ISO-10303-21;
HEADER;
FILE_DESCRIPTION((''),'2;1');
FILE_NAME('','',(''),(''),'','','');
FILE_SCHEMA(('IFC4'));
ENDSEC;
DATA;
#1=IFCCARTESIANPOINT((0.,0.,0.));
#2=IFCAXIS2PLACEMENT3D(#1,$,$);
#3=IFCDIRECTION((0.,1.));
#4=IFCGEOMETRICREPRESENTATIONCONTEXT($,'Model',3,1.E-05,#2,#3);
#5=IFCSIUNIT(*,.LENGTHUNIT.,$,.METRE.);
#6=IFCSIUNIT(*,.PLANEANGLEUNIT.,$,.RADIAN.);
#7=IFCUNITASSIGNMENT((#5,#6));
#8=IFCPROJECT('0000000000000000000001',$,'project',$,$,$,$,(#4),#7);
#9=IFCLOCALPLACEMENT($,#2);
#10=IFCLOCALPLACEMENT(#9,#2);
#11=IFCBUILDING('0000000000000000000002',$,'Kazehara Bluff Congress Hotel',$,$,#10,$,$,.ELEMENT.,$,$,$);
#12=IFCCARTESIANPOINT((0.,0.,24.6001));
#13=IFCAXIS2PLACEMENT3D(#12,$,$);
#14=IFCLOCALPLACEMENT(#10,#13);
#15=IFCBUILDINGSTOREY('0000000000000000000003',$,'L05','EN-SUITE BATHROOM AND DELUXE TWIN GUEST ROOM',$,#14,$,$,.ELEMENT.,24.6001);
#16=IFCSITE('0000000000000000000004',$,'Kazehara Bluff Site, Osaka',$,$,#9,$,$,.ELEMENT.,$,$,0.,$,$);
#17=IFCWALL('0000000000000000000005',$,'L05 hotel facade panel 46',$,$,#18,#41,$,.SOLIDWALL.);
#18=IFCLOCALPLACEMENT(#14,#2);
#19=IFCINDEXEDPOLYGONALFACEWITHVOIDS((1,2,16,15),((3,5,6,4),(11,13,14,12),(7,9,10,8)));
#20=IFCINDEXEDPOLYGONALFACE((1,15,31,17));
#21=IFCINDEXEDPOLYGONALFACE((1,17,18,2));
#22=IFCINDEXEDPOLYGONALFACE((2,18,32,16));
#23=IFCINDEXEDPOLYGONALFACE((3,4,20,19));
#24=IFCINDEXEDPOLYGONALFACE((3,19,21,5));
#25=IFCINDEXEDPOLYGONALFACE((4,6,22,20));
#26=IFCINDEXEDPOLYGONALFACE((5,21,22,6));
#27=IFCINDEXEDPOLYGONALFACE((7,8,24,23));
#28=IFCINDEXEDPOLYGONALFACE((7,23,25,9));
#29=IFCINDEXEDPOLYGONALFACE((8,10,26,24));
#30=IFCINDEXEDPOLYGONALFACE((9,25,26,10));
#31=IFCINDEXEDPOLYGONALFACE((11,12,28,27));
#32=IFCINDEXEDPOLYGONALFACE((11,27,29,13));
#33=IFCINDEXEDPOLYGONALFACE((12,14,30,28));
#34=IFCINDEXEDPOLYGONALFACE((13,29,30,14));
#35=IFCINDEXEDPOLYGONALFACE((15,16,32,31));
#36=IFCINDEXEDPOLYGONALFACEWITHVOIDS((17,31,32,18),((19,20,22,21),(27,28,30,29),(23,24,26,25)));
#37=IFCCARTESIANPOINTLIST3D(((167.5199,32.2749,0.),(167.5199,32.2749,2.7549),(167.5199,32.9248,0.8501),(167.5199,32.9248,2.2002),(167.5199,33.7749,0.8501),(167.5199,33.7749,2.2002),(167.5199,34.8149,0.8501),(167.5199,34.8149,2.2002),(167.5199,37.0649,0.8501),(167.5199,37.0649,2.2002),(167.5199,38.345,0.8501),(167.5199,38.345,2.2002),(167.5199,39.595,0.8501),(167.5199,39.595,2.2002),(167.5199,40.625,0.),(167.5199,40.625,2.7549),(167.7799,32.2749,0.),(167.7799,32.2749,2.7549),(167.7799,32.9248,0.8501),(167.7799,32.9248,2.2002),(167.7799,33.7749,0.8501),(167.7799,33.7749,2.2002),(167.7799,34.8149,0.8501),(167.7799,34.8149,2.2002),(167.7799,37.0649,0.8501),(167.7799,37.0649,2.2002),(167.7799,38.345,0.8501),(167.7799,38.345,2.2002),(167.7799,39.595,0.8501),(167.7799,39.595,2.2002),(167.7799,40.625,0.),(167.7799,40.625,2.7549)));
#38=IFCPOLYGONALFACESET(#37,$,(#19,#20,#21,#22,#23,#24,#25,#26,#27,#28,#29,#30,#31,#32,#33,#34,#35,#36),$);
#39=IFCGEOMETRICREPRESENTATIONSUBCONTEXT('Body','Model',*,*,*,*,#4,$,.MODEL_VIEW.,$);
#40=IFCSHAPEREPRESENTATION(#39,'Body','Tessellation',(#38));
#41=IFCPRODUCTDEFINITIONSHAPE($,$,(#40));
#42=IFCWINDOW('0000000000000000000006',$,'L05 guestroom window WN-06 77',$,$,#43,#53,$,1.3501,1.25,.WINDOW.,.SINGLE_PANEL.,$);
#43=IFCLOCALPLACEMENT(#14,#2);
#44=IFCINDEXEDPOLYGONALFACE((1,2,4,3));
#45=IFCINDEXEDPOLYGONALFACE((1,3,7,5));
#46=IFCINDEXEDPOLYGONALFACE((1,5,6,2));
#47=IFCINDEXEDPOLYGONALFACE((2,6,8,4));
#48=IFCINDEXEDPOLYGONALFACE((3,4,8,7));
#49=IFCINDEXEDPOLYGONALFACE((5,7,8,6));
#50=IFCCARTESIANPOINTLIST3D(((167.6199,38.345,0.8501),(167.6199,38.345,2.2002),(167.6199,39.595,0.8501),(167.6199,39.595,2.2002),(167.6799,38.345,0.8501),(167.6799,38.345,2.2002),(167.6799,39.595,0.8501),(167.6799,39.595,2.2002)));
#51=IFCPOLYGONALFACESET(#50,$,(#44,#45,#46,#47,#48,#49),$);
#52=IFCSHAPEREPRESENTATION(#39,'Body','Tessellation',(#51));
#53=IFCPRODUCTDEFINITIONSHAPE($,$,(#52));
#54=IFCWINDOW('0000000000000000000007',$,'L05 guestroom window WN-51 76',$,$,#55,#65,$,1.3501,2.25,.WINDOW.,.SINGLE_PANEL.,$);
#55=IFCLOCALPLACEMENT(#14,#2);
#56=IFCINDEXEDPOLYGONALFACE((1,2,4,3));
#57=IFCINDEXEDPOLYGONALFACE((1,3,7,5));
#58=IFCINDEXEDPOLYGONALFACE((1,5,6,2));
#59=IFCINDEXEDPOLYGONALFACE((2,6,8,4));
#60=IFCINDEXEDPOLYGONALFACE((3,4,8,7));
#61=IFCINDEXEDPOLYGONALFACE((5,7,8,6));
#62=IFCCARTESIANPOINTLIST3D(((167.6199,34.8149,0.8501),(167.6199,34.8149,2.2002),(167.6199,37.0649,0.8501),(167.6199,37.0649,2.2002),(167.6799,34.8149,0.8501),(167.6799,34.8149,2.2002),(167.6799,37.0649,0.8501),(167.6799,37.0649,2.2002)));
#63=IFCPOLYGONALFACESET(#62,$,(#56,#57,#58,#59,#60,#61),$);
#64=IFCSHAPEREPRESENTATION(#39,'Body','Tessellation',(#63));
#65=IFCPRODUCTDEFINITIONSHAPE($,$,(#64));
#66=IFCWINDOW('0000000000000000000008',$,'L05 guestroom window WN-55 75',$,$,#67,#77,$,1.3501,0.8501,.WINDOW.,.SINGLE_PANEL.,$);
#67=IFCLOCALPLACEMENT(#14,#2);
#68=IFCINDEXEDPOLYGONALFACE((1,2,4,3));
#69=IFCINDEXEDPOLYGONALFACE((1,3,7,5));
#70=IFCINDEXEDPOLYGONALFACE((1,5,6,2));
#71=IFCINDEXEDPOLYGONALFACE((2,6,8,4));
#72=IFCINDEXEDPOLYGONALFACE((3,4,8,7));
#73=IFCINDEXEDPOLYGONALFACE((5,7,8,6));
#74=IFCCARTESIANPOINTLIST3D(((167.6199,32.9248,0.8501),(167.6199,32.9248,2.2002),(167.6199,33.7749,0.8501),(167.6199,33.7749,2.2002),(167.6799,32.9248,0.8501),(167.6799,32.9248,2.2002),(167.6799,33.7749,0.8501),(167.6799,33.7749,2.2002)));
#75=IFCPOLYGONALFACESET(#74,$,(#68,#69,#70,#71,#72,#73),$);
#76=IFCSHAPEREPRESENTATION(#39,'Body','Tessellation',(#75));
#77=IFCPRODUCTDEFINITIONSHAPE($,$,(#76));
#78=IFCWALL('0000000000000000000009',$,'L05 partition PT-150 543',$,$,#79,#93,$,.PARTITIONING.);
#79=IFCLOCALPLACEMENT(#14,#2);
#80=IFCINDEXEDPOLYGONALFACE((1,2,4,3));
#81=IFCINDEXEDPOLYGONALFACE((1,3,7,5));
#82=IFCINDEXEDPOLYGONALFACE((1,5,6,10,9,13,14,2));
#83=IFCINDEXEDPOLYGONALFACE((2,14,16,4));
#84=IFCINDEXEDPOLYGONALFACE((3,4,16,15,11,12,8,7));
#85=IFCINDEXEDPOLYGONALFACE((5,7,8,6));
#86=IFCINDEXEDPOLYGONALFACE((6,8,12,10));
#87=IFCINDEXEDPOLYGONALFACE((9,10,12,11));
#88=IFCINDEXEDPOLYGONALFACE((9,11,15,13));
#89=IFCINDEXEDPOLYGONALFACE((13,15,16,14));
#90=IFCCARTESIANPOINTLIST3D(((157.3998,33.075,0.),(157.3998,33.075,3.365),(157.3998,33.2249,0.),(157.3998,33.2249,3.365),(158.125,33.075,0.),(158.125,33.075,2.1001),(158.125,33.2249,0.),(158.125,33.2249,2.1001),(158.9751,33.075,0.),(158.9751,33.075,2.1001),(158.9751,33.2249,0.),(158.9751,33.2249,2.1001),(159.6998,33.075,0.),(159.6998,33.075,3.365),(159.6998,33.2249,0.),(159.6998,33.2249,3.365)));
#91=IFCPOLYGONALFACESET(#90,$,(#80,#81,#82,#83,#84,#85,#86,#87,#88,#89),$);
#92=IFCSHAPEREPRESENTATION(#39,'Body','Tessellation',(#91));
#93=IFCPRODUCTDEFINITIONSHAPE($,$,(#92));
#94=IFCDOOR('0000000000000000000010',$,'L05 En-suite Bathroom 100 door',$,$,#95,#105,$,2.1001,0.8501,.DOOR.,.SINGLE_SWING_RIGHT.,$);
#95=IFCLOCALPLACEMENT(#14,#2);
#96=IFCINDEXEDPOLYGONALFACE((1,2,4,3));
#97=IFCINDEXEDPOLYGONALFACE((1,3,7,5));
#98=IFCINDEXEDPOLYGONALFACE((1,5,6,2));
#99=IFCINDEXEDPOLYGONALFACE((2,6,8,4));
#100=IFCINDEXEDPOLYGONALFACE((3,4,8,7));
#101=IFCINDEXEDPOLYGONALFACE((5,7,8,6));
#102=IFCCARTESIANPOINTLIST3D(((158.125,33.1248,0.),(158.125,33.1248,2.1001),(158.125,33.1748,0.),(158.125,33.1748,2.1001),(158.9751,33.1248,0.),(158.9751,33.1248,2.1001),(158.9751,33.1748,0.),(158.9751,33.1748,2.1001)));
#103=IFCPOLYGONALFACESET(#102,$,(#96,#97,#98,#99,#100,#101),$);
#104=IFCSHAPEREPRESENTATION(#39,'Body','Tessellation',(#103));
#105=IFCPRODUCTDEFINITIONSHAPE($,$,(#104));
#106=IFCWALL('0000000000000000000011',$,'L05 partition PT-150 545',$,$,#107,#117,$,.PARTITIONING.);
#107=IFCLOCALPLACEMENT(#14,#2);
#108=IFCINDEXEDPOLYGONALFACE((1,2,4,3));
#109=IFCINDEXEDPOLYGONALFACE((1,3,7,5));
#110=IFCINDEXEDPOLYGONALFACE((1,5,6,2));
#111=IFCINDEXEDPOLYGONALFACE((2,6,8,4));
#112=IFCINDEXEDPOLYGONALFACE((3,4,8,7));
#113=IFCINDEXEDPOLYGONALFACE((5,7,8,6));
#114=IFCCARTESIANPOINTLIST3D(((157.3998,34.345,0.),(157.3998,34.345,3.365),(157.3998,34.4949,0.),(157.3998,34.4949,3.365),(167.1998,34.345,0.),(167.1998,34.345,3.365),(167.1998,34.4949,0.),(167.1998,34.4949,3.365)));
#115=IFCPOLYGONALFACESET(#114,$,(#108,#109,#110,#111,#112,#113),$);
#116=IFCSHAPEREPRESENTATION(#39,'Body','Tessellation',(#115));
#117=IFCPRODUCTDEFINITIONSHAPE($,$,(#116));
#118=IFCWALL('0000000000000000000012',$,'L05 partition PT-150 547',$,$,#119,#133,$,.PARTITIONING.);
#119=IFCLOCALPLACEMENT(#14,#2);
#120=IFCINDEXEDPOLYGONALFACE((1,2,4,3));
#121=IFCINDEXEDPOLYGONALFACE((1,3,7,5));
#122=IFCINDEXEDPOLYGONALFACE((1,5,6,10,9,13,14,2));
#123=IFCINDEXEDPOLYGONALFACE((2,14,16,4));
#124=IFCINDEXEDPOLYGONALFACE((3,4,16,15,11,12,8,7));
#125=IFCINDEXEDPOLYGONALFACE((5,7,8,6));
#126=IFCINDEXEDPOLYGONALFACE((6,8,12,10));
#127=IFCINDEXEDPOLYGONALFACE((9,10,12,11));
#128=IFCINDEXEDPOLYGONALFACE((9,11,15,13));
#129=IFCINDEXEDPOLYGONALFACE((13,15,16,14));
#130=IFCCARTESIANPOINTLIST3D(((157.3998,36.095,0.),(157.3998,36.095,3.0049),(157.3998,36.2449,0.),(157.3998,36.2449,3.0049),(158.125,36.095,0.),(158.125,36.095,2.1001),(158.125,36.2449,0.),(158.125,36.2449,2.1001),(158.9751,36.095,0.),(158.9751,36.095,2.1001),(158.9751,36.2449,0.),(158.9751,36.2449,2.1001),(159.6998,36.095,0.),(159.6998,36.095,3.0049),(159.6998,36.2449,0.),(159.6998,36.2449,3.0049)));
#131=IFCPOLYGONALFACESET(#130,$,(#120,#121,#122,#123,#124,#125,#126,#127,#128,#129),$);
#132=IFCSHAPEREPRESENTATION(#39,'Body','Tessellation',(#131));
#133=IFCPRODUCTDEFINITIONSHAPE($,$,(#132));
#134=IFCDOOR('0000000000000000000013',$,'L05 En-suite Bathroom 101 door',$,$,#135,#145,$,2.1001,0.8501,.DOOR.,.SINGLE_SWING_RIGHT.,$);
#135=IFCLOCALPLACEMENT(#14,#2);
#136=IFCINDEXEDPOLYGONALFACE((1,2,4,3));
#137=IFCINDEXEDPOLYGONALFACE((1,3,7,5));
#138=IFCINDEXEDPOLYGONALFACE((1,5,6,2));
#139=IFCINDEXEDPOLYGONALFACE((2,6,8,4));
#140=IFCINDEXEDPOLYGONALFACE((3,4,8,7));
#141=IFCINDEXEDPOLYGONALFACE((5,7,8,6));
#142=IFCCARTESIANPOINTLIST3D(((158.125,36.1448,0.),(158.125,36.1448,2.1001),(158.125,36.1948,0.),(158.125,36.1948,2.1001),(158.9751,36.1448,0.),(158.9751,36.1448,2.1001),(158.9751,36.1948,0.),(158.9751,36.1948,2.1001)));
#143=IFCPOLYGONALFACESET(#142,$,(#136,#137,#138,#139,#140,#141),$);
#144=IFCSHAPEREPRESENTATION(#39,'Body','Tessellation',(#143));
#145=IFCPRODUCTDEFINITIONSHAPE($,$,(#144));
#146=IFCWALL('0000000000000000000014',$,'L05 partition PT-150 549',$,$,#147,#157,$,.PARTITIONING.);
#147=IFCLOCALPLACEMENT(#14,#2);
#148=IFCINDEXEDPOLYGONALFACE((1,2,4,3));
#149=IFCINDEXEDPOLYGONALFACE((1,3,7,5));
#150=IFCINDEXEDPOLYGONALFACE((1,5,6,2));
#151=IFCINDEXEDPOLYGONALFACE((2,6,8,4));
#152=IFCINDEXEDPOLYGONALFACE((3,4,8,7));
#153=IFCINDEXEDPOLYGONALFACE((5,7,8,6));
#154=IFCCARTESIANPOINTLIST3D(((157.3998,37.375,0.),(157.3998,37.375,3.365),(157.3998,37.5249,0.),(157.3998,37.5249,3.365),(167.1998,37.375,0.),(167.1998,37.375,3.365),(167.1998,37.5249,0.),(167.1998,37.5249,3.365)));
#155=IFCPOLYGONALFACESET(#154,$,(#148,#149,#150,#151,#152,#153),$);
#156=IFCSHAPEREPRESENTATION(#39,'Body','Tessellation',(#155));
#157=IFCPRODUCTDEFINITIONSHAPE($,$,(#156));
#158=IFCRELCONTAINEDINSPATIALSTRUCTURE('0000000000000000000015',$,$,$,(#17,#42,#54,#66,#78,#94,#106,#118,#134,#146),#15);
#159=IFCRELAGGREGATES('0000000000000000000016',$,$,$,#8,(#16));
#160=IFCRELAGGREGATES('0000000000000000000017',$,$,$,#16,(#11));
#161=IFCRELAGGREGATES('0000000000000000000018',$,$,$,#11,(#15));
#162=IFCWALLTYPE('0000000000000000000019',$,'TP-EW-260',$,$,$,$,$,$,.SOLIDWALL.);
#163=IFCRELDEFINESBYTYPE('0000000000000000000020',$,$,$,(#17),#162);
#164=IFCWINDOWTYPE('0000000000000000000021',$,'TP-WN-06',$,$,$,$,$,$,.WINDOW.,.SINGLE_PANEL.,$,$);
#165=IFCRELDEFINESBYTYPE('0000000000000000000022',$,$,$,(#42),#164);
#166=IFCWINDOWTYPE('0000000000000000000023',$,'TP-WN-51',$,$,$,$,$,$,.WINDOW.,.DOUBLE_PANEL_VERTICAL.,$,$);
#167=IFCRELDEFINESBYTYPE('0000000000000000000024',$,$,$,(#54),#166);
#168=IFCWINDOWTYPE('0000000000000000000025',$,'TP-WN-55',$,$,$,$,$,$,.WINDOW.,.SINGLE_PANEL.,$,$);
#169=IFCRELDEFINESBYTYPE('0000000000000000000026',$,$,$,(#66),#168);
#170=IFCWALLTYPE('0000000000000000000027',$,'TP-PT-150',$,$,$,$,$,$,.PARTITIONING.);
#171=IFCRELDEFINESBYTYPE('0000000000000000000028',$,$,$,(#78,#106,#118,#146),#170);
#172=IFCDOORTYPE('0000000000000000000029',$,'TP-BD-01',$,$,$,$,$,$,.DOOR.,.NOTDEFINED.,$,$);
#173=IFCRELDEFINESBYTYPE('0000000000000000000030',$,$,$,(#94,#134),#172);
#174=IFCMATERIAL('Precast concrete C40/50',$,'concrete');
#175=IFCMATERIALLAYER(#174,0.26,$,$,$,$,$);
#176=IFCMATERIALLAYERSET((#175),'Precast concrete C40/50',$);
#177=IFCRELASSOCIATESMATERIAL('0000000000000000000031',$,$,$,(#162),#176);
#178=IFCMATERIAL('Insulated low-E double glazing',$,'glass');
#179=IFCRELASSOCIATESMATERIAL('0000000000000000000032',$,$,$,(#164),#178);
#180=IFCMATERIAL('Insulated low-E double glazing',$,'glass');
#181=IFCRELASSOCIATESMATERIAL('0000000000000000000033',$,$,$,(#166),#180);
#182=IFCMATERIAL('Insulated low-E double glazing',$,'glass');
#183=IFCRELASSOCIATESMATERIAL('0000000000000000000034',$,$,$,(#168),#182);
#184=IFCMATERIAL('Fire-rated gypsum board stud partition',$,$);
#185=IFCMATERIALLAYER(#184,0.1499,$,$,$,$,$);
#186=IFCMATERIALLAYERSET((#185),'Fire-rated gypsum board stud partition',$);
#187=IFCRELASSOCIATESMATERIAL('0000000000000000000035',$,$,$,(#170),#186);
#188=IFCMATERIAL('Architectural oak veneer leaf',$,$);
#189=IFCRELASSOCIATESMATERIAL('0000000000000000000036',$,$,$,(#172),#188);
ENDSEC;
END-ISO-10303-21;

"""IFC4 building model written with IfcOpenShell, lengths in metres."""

from ifc_helpers import new_model, si_unit, direction, frame, frame_2d, origin, place, context, subcontext, project, spatial, rectangle, extrude, material, layer, layer_set, type_object, element, fill, save


model = new_model("IFC4")

# Units and contexts
model_context = context("Model", 3, precision=1e-05, world=origin(), true_north=direction((0.0, 1.0)))
body_context = subcontext(model_context, "Body", "Model", "MODEL_VIEW")
ifc_project = project(units=[si_unit("LENGTHUNIT", "METRE"), si_unit("PLANEANGLEUNIT", "RADIAN")], contexts=[model_context])

# Site, building, storey
site_placement = place(None, origin())
site = spatial("IfcSite", under=ifc_project, at=site_placement, Name="Kazehara Bluff Site, Osaka", CompositionType="ELEMENT", RefElevation=0.0)
building_placement = place(site_placement, origin())
building = spatial("IfcBuilding", under=site, at=building_placement, Name="Kazehara Bluff Congress Hotel", CompositionType="ELEMENT")
storey_placement = place(building_placement, frame((0.0, 0.0, 24.6001)))
storey = spatial("IfcBuildingStorey", under=building, at=storey_placement, Name="L05", Description="EN-SUITE BATHROOM AND DELUXE TWIN GUEST ROOM", CompositionType="ELEMENT", Elevation=24.6001)

# Wall, openings, windows
ifc_material_1 = material(Name="Precast concrete C40/50", Category="concrete")
ifc_layer_1 = layer(ifc_material_1, 0.26)
ifc_layer_set_1 = layer_set([ifc_layer_1], Name="Precast concrete C40/50")
wall_type_1 = type_object("IfcWallType", Name="TP-EW-260", PredefinedType="SOLIDWALL", material=ifc_layer_set_1)
wall_1_placement = place(storey_placement, frame((167.6499, 40.625, 0.0), z_axis=(0.0, 0.0, 1.0), x_axis=(0.0, -1.0, 0.0)))
wall_1 = element("IfcWall", 1, at=wall_1_placement, inside=storey, type_object=wall_type_1, Name="L05 hotel facade panel 46", PredefinedType="SOLIDWALL", context=body_context, shape_type="SweptSolid", body=[
    extrude(rectangle(XDim=8.3501, YDim=0.26, at=frame_2d((4.175, 0.0))), origin(), (0.0, 0.0, 1.0), 2.7549),
])
opening_1_placement = place(wall_1_placement, frame((6.8501, 0.0, 0.8501)))
opening_1 = element("IfcOpeningElement", 2, at=opening_1_placement, cuts=wall_1, PredefinedType="OPENING", context=body_context, shape_type="SweptSolid", body=[
    extrude(rectangle(XDim=0.8501, YDim=1.3501, at=frame_2d((0.425, 0.675))), frame((0.0, 0.1399, 0.0), z_axis=(0.0, -1.0, 0.0), x_axis=(1.0, 0.0, 0.0)), (0.0, 0.0, 1.0), 0.28),
])
opening_2_placement = place(wall_1_placement, frame((3.5601, 0.0, 0.8501)))
opening_2 = element("IfcOpeningElement", 3, at=opening_2_placement, cuts=wall_1, PredefinedType="OPENING", context=body_context, shape_type="SweptSolid", body=[
    extrude(rectangle(XDim=2.25, YDim=1.3501, at=frame_2d((1.125, 0.675))), frame((0.0, 0.1399, 0.0), z_axis=(0.0, -1.0, 0.0), x_axis=(1.0, 0.0, 0.0)), (0.0, 0.0, 1.0), 0.28),
])
opening_3_placement = place(wall_1_placement, frame((1.03, 0.0, 0.8501)))
opening_3 = element("IfcOpeningElement", 4, at=opening_3_placement, cuts=wall_1, PredefinedType="OPENING", context=body_context, shape_type="SweptSolid", body=[
    extrude(rectangle(XDim=1.25, YDim=1.3501, at=frame_2d((0.625, 0.675))), frame((0.0, 0.1399, 0.0), z_axis=(0.0, -1.0, 0.0), x_axis=(1.0, 0.0, 0.0)), (0.0, 0.0, 1.0), 0.28),
])
ifc_material_2 = material(Name="Insulated low-E double glazing", Category="glass")
window_type_1 = type_object("IfcWindowType", Name="TP-WN-06", PartitioningType="SINGLE_PANEL", PredefinedType="WINDOW", material=ifc_material_2)
window_1_placement = place(opening_3_placement, origin())
window_1 = element("IfcWindow", 5, at=window_1_placement, inside=storey, type_object=window_type_1, Name="L05 guestroom window WN-06 77", OverallHeight=1.3501, OverallWidth=1.25, PartitioningType="SINGLE_PANEL", PredefinedType="WINDOW", context=body_context, shape_type="SweptSolid", body=[
    extrude(rectangle(XDim=1.25, YDim=1.3501, at=frame_2d((0.625, 0.675))), frame((0.0, 0.03, 0.0), z_axis=(0.0, -1.0, 0.0), x_axis=(1.0, 0.0, 0.0)), (0.0, 0.0, 1.0), 0.0601),
])
fill(opening_3, window_1)
ifc_material_3 = material(Name="Insulated low-E double glazing", Category="glass")
window_type_2 = type_object("IfcWindowType", Name="TP-WN-51", PartitioningType="DOUBLE_PANEL_VERTICAL", PredefinedType="WINDOW", material=ifc_material_3)
window_2_placement = place(opening_2_placement, origin())
window_2 = element("IfcWindow", 6, at=window_2_placement, inside=storey, type_object=window_type_2, Name="L05 guestroom window WN-51 76", OverallHeight=1.3501, OverallWidth=2.25, PartitioningType="SINGLE_PANEL", PredefinedType="WINDOW", context=body_context, shape_type="SweptSolid", body=[
    extrude(rectangle(XDim=2.25, YDim=1.3501, at=frame_2d((1.125, 0.675))), frame((0.0, 0.03, 0.0), z_axis=(0.0, -1.0, 0.0), x_axis=(1.0, 0.0, 0.0)), (0.0, 0.0, 1.0), 0.0601),
])
fill(opening_2, window_2)
ifc_material_4 = material(Name="Insulated low-E double glazing", Category="glass")
window_type_3 = type_object("IfcWindowType", Name="TP-WN-55", PartitioningType="SINGLE_PANEL", PredefinedType="WINDOW", material=ifc_material_4)
window_3_placement = place(opening_1_placement, origin())
window_3 = element("IfcWindow", 7, at=window_3_placement, inside=storey, type_object=window_type_3, Name="L05 guestroom window WN-55 75", OverallHeight=1.3501, OverallWidth=0.8501, PartitioningType="SINGLE_PANEL", PredefinedType="WINDOW", context=body_context, shape_type="SweptSolid", body=[
    extrude(rectangle(XDim=0.8501, YDim=1.3501, at=frame_2d((0.425, 0.675))), frame((0.0, 0.03, 0.0), z_axis=(0.0, -1.0, 0.0), x_axis=(1.0, 0.0, 0.0)), (0.0, 0.0, 1.0), 0.0601),
])
fill(opening_1, window_3)

# Wall, opening, door
ifc_material_5 = material(Name="Fire-rated gypsum board stud partition")
ifc_layer_2 = layer(ifc_material_5, 0.1499)
ifc_layer_set_2 = layer_set([ifc_layer_2], Name="Fire-rated gypsum board stud partition")
wall_type_2 = type_object("IfcWallType", Name="TP-PT-150", PredefinedType="PARTITIONING", material=ifc_layer_set_2)
wall_2_placement = place(storey_placement, frame((157.3999, 33.1499, 0.0), z_axis=(0.0, 0.0, 1.0), x_axis=(1.0, 0.0, 0.0)))
wall_2 = element("IfcWall", 8, at=wall_2_placement, inside=storey, type_object=wall_type_2, Name="L05 partition PT-150 543", PredefinedType="PARTITIONING", context=body_context, shape_type="SweptSolid", body=[
    extrude(rectangle(XDim=2.3, YDim=0.1499, at=frame_2d((1.1499, 0.0))), origin(), (0.0, 0.0, 1.0), 3.365),
])
opening_4_placement = place(wall_2_placement, frame((0.7251, 0.0, 0.0)))
opening_4 = element("IfcOpeningElement", 9, at=opening_4_placement, cuts=wall_2, PredefinedType="OPENING", context=body_context, shape_type="SweptSolid", body=[
    extrude(rectangle(XDim=0.8501, YDim=2.1001, at=frame_2d((0.425, 1.05))), frame((0.0, 0.085, 0.0), z_axis=(0.0, -1.0, 0.0), x_axis=(1.0, 0.0, 0.0)), (0.0, 0.0, 1.0), 0.1699),
])
ifc_material_6 = material(Name="Architectural oak veneer leaf")
door_type = type_object("IfcDoorType", Name="TP-BD-01", OperationType="NOTDEFINED", PredefinedType="DOOR", material=ifc_material_6)
door_1_placement = place(opening_4_placement, origin())
door_1 = element("IfcDoor", 10, at=door_1_placement, inside=storey, type_object=door_type, Name="L05 En-suite Bathroom 100 door", OperationType="SINGLE_SWING_RIGHT", OverallHeight=2.1001, OverallWidth=0.8501, PredefinedType="DOOR", context=body_context, shape_type="SweptSolid", body=[
    extrude(rectangle(XDim=0.8501, YDim=2.1001, at=frame_2d((0.425, 1.05))), frame((0.0, 0.0249, 0.0), z_axis=(0.0, -1.0, 0.0), x_axis=(1.0, 0.0, 0.0)), (0.0, 0.0, 1.0), 0.05),
])
fill(opening_4, door_1)

# Wall
wall_3_placement = place(storey_placement, frame((157.3999, 34.4199, 0.0), z_axis=(0.0, 0.0, 1.0), x_axis=(1.0, 0.0, 0.0)))
element("IfcWall", 11, at=wall_3_placement, inside=storey, type_object=wall_type_2, Name="L05 partition PT-150 545", PredefinedType="PARTITIONING", context=body_context, shape_type="SweptSolid", body=[
    extrude(rectangle(XDim=9.8, YDim=0.1499, at=frame_2d((4.8999, 0.0))), origin(), (0.0, 0.0, 1.0), 3.365),
])

# Wall, opening, door
wall_4_placement = place(storey_placement, frame((157.3999, 36.1699, 0.0), z_axis=(0.0, 0.0, 1.0), x_axis=(1.0, 0.0, 0.0)))
wall_4 = element("IfcWall", 12, at=wall_4_placement, inside=storey, type_object=wall_type_2, Name="L05 partition PT-150 547", PredefinedType="PARTITIONING", context=body_context, shape_type="SweptSolid", body=[
    extrude(rectangle(XDim=2.3, YDim=0.1499, at=frame_2d((1.1499, 0.0))), origin(), (0.0, 0.0, 1.0), 3.0049),
])
opening_5_placement = place(wall_4_placement, frame((0.7251, 0.0, 0.0)))
opening_5 = element("IfcOpeningElement", 13, at=opening_5_placement, cuts=wall_4, PredefinedType="OPENING", context=body_context, shape_type="SweptSolid", body=[
    extrude(rectangle(XDim=0.8501, YDim=2.1001, at=frame_2d((0.425, 1.05))), frame((0.0, 0.085, 0.0), z_axis=(0.0, -1.0, 0.0), x_axis=(1.0, 0.0, 0.0)), (0.0, 0.0, 1.0), 0.1699),
])
door_2_placement = place(opening_5_placement, origin())
door_2 = element("IfcDoor", 14, at=door_2_placement, inside=storey, type_object=door_type, Name="L05 En-suite Bathroom 101 door", OperationType="SINGLE_SWING_RIGHT", OverallHeight=2.1001, OverallWidth=0.8501, PredefinedType="DOOR", context=body_context, shape_type="SweptSolid", body=[
    extrude(rectangle(XDim=0.8501, YDim=2.1001, at=frame_2d((0.425, 1.05))), frame((0.0, 0.0249, 0.0), z_axis=(0.0, -1.0, 0.0), x_axis=(1.0, 0.0, 0.0)), (0.0, 0.0, 1.0), 0.05),
])
fill(opening_5, door_2)

# Wall
wall_5_placement = place(storey_placement, frame((157.3999, 37.45, 0.0), z_axis=(0.0, 0.0, 1.0), x_axis=(1.0, 0.0, 0.0)))
element("IfcWall", 15, at=wall_5_placement, inside=storey, type_object=wall_type_2, Name="L05 partition PT-150 549", PredefinedType="PARTITIONING", context=body_context, shape_type="SweptSolid", body=[
    extrude(rectangle(XDim=9.8, YDim=0.1499, at=frame_2d((4.8999, 0.0))), origin(), (0.0, 0.0, 1.0), 3.365),
])

save(model, "model.ifc")
